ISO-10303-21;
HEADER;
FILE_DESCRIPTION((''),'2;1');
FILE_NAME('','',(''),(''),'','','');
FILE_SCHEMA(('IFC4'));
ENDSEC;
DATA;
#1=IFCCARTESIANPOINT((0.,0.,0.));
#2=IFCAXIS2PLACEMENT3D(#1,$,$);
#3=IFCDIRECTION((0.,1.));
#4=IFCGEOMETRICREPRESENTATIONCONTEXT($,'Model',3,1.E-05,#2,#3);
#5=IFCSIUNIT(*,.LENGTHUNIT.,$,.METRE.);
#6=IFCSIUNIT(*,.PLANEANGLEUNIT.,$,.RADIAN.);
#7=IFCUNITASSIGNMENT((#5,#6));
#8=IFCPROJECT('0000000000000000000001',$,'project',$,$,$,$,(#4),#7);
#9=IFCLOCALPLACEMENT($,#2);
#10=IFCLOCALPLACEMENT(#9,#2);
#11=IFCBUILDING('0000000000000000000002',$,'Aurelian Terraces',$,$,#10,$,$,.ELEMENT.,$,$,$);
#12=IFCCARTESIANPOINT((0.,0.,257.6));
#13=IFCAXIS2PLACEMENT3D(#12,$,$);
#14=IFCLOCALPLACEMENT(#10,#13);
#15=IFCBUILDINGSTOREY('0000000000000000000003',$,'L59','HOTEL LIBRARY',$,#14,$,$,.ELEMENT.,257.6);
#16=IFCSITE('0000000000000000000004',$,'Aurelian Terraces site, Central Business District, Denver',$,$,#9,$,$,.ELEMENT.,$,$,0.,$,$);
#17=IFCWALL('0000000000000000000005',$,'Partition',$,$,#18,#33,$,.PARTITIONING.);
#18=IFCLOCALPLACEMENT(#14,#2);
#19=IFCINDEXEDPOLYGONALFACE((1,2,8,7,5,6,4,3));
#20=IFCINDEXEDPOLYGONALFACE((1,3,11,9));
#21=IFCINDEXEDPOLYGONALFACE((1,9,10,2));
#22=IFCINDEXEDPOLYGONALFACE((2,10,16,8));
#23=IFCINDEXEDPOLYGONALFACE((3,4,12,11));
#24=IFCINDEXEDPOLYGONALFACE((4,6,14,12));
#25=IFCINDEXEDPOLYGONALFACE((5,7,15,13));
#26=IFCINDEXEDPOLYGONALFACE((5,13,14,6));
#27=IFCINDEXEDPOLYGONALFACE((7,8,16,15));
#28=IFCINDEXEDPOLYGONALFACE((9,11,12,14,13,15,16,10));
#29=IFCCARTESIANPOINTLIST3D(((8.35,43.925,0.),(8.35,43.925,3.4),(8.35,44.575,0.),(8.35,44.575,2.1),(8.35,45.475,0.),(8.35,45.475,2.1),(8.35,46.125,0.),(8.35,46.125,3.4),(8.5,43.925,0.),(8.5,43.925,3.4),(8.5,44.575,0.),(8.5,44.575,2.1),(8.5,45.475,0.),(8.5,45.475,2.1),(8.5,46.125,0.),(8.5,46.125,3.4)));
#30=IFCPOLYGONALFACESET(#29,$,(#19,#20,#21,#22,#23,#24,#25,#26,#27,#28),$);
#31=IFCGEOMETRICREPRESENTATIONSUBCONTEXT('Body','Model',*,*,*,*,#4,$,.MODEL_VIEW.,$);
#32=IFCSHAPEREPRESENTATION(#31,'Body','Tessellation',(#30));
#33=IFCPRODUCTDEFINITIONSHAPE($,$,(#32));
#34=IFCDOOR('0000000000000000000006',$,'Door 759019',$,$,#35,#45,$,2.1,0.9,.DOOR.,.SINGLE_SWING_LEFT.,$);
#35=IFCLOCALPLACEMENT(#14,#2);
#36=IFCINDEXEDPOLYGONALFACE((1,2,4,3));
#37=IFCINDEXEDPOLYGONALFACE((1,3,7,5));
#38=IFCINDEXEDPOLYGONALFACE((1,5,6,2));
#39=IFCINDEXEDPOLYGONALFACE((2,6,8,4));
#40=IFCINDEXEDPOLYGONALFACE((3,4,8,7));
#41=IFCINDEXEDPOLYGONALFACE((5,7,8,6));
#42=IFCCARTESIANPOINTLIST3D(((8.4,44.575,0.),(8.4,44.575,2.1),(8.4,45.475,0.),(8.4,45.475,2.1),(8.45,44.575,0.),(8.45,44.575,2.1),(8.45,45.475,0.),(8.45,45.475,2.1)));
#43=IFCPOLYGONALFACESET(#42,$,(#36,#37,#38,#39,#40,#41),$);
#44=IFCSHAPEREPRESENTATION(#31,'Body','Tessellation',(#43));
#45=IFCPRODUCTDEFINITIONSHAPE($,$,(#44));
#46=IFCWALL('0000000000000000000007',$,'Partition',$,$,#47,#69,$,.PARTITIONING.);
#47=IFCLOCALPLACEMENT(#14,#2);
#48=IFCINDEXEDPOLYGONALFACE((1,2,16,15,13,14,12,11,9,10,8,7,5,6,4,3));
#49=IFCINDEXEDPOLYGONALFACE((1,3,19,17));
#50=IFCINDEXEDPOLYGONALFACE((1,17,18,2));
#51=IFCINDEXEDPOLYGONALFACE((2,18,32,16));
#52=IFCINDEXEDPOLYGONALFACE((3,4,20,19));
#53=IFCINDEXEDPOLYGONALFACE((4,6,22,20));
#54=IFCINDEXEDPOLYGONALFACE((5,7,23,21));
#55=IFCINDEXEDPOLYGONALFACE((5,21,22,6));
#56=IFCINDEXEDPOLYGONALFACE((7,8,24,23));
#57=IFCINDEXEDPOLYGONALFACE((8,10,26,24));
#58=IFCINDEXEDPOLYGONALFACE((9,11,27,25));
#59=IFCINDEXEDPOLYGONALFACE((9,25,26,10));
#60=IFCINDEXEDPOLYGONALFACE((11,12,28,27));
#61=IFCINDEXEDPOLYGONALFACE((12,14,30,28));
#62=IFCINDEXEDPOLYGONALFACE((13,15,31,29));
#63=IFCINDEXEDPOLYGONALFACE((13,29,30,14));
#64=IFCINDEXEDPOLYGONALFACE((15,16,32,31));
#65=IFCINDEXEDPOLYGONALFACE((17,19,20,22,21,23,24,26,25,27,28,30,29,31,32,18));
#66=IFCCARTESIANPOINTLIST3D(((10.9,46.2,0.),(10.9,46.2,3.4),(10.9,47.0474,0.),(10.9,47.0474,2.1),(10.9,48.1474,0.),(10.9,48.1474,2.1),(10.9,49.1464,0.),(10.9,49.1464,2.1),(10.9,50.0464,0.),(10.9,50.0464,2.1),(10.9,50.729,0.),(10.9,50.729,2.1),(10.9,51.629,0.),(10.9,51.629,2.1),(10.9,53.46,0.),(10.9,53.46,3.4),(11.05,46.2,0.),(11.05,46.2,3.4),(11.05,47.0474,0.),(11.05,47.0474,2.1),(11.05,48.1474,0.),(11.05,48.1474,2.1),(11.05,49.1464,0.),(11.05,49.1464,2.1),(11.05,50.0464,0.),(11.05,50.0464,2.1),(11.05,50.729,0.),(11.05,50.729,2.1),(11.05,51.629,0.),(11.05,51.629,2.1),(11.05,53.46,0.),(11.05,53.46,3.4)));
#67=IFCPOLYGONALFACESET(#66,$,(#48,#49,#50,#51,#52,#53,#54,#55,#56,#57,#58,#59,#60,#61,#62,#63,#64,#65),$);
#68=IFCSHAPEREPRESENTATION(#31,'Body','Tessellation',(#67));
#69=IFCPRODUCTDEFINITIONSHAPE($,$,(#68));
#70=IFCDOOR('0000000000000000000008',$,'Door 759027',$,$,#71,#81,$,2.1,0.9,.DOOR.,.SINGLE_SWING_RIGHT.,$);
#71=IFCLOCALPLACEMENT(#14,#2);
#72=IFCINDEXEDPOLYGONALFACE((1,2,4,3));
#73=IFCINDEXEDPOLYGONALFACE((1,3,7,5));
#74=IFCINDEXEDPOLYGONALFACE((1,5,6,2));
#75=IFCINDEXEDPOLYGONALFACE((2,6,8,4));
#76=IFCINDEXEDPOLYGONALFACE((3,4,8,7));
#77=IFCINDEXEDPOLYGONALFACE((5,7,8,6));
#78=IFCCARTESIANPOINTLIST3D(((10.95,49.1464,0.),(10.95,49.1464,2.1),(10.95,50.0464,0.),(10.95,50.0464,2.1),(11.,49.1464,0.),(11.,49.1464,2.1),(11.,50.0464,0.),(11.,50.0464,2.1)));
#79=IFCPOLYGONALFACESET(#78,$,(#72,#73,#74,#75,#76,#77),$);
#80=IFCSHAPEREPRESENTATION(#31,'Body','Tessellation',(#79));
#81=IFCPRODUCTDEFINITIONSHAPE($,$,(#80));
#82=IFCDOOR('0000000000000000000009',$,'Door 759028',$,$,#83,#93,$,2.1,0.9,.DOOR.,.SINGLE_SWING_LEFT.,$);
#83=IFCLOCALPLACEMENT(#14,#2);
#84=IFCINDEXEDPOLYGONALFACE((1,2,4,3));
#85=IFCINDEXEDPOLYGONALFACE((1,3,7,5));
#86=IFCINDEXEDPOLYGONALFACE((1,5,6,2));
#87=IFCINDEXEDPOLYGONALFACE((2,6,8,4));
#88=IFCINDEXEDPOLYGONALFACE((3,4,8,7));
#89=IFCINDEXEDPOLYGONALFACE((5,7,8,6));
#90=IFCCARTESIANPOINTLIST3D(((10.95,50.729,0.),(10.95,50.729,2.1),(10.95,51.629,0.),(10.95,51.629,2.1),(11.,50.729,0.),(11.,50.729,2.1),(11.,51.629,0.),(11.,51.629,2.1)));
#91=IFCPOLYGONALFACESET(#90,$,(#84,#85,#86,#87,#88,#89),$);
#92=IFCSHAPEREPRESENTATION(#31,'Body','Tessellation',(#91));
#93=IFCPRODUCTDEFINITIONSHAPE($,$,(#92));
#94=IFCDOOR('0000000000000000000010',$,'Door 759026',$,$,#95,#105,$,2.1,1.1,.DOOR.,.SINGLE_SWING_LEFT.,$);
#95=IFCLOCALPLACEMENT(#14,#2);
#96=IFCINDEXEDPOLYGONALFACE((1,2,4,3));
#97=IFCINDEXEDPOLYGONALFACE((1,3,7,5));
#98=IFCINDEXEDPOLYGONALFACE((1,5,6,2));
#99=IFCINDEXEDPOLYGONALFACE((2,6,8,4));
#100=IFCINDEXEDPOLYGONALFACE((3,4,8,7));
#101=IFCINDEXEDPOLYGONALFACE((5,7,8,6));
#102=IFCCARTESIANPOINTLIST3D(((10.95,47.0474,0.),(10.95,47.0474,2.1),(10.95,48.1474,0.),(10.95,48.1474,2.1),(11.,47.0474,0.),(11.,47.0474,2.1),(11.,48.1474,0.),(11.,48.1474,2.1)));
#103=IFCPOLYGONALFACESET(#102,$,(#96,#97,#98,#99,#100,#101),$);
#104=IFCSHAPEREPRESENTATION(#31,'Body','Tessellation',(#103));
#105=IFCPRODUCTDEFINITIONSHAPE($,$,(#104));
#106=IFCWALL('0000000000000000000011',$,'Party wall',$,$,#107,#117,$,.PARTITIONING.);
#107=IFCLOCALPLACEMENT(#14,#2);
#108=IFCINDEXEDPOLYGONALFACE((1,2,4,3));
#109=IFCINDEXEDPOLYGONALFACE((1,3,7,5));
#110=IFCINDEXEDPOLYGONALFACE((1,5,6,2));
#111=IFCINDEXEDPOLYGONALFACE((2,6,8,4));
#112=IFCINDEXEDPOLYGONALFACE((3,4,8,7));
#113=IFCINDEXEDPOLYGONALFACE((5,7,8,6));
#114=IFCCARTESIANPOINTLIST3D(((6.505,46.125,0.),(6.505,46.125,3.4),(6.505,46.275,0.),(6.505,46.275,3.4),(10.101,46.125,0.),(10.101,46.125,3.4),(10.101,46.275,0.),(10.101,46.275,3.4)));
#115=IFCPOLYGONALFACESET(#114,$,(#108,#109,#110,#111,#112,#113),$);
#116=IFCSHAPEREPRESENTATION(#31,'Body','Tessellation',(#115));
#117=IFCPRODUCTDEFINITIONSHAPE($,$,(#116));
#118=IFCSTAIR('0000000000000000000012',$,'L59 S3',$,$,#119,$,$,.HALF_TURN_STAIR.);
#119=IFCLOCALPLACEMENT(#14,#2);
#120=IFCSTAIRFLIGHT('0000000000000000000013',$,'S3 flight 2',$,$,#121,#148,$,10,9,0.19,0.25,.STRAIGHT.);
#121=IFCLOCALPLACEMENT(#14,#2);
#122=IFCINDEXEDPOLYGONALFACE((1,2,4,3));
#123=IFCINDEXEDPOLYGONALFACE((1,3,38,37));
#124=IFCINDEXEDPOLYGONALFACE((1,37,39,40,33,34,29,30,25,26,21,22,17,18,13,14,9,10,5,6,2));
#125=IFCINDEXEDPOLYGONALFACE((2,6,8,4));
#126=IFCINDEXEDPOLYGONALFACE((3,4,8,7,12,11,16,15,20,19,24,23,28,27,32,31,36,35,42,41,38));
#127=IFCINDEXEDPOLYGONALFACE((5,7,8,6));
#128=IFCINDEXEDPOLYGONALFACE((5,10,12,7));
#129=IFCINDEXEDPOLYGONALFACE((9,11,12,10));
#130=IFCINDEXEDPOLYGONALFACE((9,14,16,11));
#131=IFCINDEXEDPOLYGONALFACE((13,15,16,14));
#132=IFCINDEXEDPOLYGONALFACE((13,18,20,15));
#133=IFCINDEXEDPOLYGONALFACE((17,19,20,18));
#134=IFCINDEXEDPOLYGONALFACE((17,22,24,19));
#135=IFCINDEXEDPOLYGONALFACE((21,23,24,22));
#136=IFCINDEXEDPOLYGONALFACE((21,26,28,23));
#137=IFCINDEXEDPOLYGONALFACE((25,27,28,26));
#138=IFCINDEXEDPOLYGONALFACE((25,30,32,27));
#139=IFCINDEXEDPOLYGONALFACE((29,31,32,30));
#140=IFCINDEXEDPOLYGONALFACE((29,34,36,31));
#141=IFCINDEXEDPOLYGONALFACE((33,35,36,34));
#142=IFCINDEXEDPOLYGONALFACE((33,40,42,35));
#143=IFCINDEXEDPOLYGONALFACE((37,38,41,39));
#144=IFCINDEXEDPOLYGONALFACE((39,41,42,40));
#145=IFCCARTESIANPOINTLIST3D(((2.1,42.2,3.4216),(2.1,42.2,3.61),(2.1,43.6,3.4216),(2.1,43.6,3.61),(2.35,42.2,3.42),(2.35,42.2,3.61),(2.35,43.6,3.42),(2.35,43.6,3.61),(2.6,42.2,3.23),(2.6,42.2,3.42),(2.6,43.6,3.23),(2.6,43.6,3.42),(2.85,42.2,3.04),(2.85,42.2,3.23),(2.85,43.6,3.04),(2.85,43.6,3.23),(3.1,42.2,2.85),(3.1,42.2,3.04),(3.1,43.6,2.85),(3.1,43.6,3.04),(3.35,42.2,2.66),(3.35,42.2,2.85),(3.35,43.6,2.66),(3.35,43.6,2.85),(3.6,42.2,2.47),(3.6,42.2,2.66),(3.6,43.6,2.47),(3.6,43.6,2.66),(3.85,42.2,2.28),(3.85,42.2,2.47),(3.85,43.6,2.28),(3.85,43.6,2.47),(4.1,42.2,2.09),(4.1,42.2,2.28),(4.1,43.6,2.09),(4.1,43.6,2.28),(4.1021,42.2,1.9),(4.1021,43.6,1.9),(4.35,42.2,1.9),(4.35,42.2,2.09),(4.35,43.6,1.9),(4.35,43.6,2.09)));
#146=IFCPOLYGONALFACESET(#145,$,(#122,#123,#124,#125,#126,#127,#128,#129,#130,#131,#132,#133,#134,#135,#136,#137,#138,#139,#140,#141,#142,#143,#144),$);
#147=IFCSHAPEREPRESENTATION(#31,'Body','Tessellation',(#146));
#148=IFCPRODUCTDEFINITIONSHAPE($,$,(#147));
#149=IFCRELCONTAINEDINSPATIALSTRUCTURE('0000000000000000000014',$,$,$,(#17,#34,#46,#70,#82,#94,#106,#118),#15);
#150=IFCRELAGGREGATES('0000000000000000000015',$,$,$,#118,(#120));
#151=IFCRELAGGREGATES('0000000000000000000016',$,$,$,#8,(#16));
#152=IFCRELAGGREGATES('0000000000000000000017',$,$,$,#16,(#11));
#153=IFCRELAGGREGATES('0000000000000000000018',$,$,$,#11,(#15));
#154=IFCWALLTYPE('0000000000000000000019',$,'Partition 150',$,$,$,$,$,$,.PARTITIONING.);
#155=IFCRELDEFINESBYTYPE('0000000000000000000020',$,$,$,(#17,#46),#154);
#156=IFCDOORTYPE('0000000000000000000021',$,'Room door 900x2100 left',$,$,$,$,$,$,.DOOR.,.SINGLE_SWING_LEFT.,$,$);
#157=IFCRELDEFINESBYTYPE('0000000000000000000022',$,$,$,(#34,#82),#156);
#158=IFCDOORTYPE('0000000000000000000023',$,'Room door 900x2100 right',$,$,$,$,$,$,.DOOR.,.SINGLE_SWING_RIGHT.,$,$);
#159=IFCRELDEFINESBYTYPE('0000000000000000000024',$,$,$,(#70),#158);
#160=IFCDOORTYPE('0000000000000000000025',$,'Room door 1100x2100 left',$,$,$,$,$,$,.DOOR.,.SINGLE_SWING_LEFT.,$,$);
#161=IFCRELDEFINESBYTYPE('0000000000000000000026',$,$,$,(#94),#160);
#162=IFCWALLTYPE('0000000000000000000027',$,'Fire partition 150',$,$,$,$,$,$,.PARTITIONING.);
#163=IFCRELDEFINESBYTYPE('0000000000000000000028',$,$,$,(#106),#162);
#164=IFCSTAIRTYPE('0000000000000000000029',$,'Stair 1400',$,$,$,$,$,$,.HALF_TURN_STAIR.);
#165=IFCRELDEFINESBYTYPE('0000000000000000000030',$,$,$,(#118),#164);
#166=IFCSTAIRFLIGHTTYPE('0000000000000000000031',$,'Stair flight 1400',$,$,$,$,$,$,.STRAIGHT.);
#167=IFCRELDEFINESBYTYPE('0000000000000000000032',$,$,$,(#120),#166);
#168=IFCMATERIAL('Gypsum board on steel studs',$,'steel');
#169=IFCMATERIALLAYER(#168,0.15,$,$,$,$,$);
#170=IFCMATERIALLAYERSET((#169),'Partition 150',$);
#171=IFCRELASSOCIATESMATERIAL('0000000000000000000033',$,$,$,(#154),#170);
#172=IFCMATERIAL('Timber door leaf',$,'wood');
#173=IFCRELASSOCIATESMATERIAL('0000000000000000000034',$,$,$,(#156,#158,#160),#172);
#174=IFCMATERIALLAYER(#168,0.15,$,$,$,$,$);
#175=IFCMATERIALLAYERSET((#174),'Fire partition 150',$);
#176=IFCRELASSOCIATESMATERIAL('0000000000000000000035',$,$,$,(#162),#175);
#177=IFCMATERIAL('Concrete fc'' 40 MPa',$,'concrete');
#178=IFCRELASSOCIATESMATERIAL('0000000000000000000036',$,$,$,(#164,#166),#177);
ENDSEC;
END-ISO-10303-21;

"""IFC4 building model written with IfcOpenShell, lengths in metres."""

from ifc_helpers import new_model, si_unit, direction, frame, frame_2d, origin, place, context, subcontext, project, spatial, polyline, rectangle, outline, extrude, source, transform, mapped, material, layer, layer_set, type_object, element, fill, aggregate, save


model = new_model("IFC4")

# Units and contexts
model_context = context("Model", 3, precision=1e-05, world=origin(), true_north=direction((0.0, 1.0)))
body_context = subcontext(model_context, "Body", "Model", "MODEL_VIEW")
ifc_project = project(units=[si_unit("LENGTHUNIT", "METRE"), si_unit("PLANEANGLEUNIT", "RADIAN")], contexts=[model_context])

# Site, building, storey
site_placement = place(None, origin())
site = spatial("IfcSite", under=ifc_project, at=site_placement, Name="Aurelian Terraces site, Central Business District, Denver", CompositionType="ELEMENT", RefElevation=0.0)
building_placement = place(site_placement, origin())
building = spatial("IfcBuilding", under=site, at=building_placement, Name="Aurelian Terraces", CompositionType="ELEMENT")
storey_placement = place(building_placement, frame((0.0, 0.0, 257.6)))
storey = spatial("IfcBuildingStorey", under=building, at=storey_placement, Name="L59", Description="HOTEL LIBRARY", CompositionType="ELEMENT", Elevation=257.6)

# Shared definitions
ifc_material_1 = material(Name="Concrete fc' 40 MPa", Category="concrete")

# Shared definitions
ifc_material_2 = material(Name="Gypsum board on steel studs", Category="steel")
ifc_layer_1 = layer(ifc_material_2, 0.15)
ifc_layer_set_1 = layer_set([ifc_layer_1], Name="Partition 150")
wall_type_1 = type_object("IfcWallType", Name="Partition 150", PredefinedType="PARTITIONING", material=ifc_layer_set_1)

# Wall, opening, door
shared_shape_1 = source(origin(), body_context, "Body", "SweptSolid", [
    extrude(rectangle(XDim=2.2, YDim=0.15, at=frame_2d((1.1, 0.0))), origin(), (0.0, 0.0, 1.0), 3.4),
])
wall_1_placement = place(storey_placement, frame((8.425, 43.925, 0.0), z_axis=(0.0, 0.0, 1.0), x_axis=(0.0, 1.0, 0.0)))
wall_1 = element("IfcWall", 1, at=wall_1_placement, inside=storey, type_object=wall_type_1, Name="Partition", PredefinedType="PARTITIONING", context=body_context, shape_type="MappedRepresentation", body=[
    mapped(shared_shape_1, transform((0.0, 0.0, 0.0), scale=1.0)),
])
shared_shape_2 = source(origin(), body_context, "Body", "SweptSolid", [
    extrude(rectangle(XDim=0.9, YDim=2.1, at=frame_2d((0.45, 1.05))), frame((0.0, 0.085, 0.0), z_axis=(0.0, -1.0, 0.0), x_axis=(1.0, 0.0, 0.0)), (0.0, 0.0, 1.0), 0.17),
])
opening_1_placement = place(wall_1_placement, frame((0.65, 0.0, 0.0)))
opening_1 = element("IfcOpeningElement", 2, at=opening_1_placement, cuts=wall_1, PredefinedType="OPENING", context=body_context, shape_type="MappedRepresentation", body=[
    mapped(shared_shape_2, transform((0.0, 0.0, 0.0), scale=1.0)),
])
ifc_material_3 = material(Name="Timber door leaf", Category="wood")
door_type_1 = type_object("IfcDoorType", Name="Room door 900x2100 left", OperationType="SINGLE_SWING_LEFT", PredefinedType="DOOR", material=ifc_material_3)
shared_shape_3 = source(origin(), body_context, "Body", "SweptSolid", [
    extrude(rectangle(XDim=0.9, YDim=2.1, at=frame_2d((0.45, 1.05))), frame((0.0, 0.025, 0.0), z_axis=(0.0, -1.0, 0.0), x_axis=(1.0, 0.0, 0.0)), (0.0, 0.0, 1.0), 0.05),
])
door_1_placement = place(opening_1_placement, origin())
door_1 = element("IfcDoor", 3, at=door_1_placement, inside=storey, type_object=door_type_1, Name="Door 759019", OperationType="SINGLE_SWING_LEFT", OverallHeight=2.1, OverallWidth=0.9, PredefinedType="DOOR", context=body_context, shape_type="MappedRepresentation", body=[
    mapped(shared_shape_3, transform((0.0, 0.0, 0.0), scale=1.0)),
])
fill(opening_1, door_1)

# Wall, openings, doors
shared_shape_4 = source(origin(), body_context, "Body", "SweptSolid", [
    extrude(rectangle(XDim=7.26, YDim=0.15, at=frame_2d((3.63, 0.0))), origin(), (0.0, 0.0, 1.0), 3.4),
])
wall_2_placement = place(storey_placement, frame((10.975, 46.2, 0.0), z_axis=(0.0, 0.0, 1.0), x_axis=(0.0, 1.0, 0.0)))
wall_2 = element("IfcWall", 4, at=wall_2_placement, inside=storey, type_object=wall_type_1, Name="Partition", PredefinedType="PARTITIONING", context=body_context, shape_type="MappedRepresentation", body=[
    mapped(shared_shape_4, transform((0.0, 0.0, 0.0), scale=1.0)),
])
shared_shape_5 = source(origin(), body_context, "Body", "SweptSolid", [
    extrude(rectangle(XDim=1.1, YDim=2.1, at=frame_2d((0.55, 1.05))), frame((0.0, 0.085, 0.0), z_axis=(0.0, -1.0, 0.0), x_axis=(1.0, 0.0, 0.0)), (0.0, 0.0, 1.0), 0.17),
])
opening_2_placement = place(wall_2_placement, frame((0.8474, 0.0, 0.0)))
opening_2 = element("IfcOpeningElement", 5, at=opening_2_placement, cuts=wall_2, PredefinedType="OPENING", context=body_context, shape_type="MappedRepresentation", body=[
    mapped(shared_shape_5, transform((0.0, 0.0, 0.0), scale=1.0)),
])
opening_3_placement = place(wall_2_placement, frame((2.9464, 0.0, 0.0)))
opening_3 = element("IfcOpeningElement", 6, at=opening_3_placement, cuts=wall_2, PredefinedType="OPENING", context=body_context, shape_type="MappedRepresentation", body=[
    mapped(shared_shape_2, transform((0.0, 0.0, 0.0), scale=1.0)),
])
opening_4_placement = place(wall_2_placement, frame((4.529, 0.0, 0.0)))
opening_4 = element("IfcOpeningElement", 7, at=opening_4_placement, cuts=wall_2, PredefinedType="OPENING", context=body_context, shape_type="MappedRepresentation", body=[
    mapped(shared_shape_2, transform((0.0, 0.0, 0.0), scale=1.0)),
])
door_type_2 = type_object("IfcDoorType", Name="Room door 900x2100 right", OperationType="SINGLE_SWING_RIGHT", PredefinedType="DOOR", material=ifc_material_3)
door_2_placement = place(opening_3_placement, origin())
door_2 = element("IfcDoor", 8, at=door_2_placement, inside=storey, type_object=door_type_2, Name="Door 759027", OperationType="SINGLE_SWING_RIGHT", OverallHeight=2.1, OverallWidth=0.9, PredefinedType="DOOR", context=body_context, shape_type="MappedRepresentation", body=[
    mapped(shared_shape_3, transform((0.0, 0.0, 0.0), scale=1.0)),
])
fill(opening_3, door_2)
door_3_placement = place(opening_4_placement, origin())
door_3 = element("IfcDoor", 9, at=door_3_placement, inside=storey, type_object=door_type_1, Name="Door 759028", OperationType="SINGLE_SWING_LEFT", OverallHeight=2.1, OverallWidth=0.9, PredefinedType="DOOR", context=body_context, shape_type="MappedRepresentation", body=[
    mapped(shared_shape_3, transform((0.0, 0.0, 0.0), scale=1.0)),
])
fill(opening_4, door_3)
door_type_3 = type_object("IfcDoorType", Name="Room door 1100x2100 left", OperationType="SINGLE_SWING_LEFT", PredefinedType="DOOR", material=ifc_material_3)
shared_shape_6 = source(origin(), body_context, "Body", "SweptSolid", [
    extrude(rectangle(XDim=1.1, YDim=2.1, at=frame_2d((0.55, 1.05))), frame((0.0, 0.025, 0.0), z_axis=(0.0, -1.0, 0.0), x_axis=(1.0, 0.0, 0.0)), (0.0, 0.0, 1.0), 0.05),
])
door_4_placement = place(opening_2_placement, origin())
door_4 = element("IfcDoor", 10, at=door_4_placement, inside=storey, type_object=door_type_3, Name="Door 759026", OperationType="SINGLE_SWING_LEFT", OverallHeight=2.1, OverallWidth=1.1, PredefinedType="DOOR", context=body_context, shape_type="MappedRepresentation", body=[
    mapped(shared_shape_6, transform((0.0, 0.0, 0.0), scale=1.0)),
])
fill(opening_2, door_4)

# Wall
ifc_layer_2 = layer(ifc_material_2, 0.15)
ifc_layer_set_2 = layer_set([ifc_layer_2], Name="Fire partition 150")
wall_type_2 = type_object("IfcWallType", Name="Fire partition 150", PredefinedType="PARTITIONING", material=ifc_layer_set_2)
shared_shape_7 = source(origin(), body_context, "Body", "SweptSolid", [
    extrude(rectangle(XDim=3.596, YDim=0.15, at=frame_2d((1.798, 0.0))), origin(), (0.0, 0.0, 1.0), 3.4),
])
wall_3_placement = place(storey_placement, frame((10.101, 46.2, 0.0), z_axis=(0.0, 0.0, 1.0), x_axis=(-1.0, 0.0, 0.0)))
element("IfcWall", 11, at=wall_3_placement, inside=storey, type_object=wall_type_2, Name="Party wall", PredefinedType="PARTITIONING", context=body_context, shape_type="MappedRepresentation", body=[
    mapped(shared_shape_7, transform((0.0, 0.0, 0.0), scale=1.0)),
])

# Stair, stair flight
stair_type = type_object("IfcStairType", Name="Stair 1400", PredefinedType="HALF_TURN_STAIR", material=ifc_material_1)
stair_placement = place(storey_placement, origin())
stair = element("IfcStair", 12, at=stair_placement, inside=storey, type_object=stair_type, Name="L59 S3", PredefinedType="HALF_TURN_STAIR")
stair_flight_type = type_object("IfcStairFlightType", Name="Stair flight 1400", PredefinedType="STRAIGHT", material=ifc_material_1)
shared_shape_8 = source(origin(), body_context, "Body", "SweptSolid", [
    extrude(outline(polyline([(0.0, 0.0), (0.0, 0.19), (0.25, 0.19), (0.25, 0.38), (0.5, 0.38), (0.5, 0.57), (0.75, 0.57), (0.75, 0.76), (1.0, 0.76), (1.0, 0.95), (1.25, 0.95), (1.25, 1.14), (1.5, 1.14), (1.5, 1.33), (1.75, 1.33), (1.75, 1.52), (2.0, 1.52), (2.0, 1.71), (2.25, 1.71), (2.25, 1.9), (2.25, 1.5216), (0.2479, 0.0), (0.0, 0.0)])), frame((0.0, 0.7, 0.0), z_axis=(0.0, -1.0, 0.0), x_axis=(1.0, 0.0, 0.0)), (0.0, 0.0, 1.0), 1.4),
])
stair_flight_placement = place(storey_placement, frame((4.35, 42.9, 1.9), z_axis=(0.0, 0.0, 1.0), x_axis=(-1.0, 0.0, 0.0)))
stair_flight = element("IfcStairFlight", 13, at=stair_flight_placement, type_object=stair_flight_type, Name="S3 flight 2", NumberOfRisers=10, NumberOfTreads=9, PredefinedType="STRAIGHT", RiserHeight=0.19, TreadLength=0.25, context=body_context, shape_type="MappedRepresentation", body=[
    mapped(shared_shape_8, transform((0.0, 0.0, 0.0), scale=1.0)),
])
aggregate(stair, [stair_flight])

save(model, "model.ifc")
